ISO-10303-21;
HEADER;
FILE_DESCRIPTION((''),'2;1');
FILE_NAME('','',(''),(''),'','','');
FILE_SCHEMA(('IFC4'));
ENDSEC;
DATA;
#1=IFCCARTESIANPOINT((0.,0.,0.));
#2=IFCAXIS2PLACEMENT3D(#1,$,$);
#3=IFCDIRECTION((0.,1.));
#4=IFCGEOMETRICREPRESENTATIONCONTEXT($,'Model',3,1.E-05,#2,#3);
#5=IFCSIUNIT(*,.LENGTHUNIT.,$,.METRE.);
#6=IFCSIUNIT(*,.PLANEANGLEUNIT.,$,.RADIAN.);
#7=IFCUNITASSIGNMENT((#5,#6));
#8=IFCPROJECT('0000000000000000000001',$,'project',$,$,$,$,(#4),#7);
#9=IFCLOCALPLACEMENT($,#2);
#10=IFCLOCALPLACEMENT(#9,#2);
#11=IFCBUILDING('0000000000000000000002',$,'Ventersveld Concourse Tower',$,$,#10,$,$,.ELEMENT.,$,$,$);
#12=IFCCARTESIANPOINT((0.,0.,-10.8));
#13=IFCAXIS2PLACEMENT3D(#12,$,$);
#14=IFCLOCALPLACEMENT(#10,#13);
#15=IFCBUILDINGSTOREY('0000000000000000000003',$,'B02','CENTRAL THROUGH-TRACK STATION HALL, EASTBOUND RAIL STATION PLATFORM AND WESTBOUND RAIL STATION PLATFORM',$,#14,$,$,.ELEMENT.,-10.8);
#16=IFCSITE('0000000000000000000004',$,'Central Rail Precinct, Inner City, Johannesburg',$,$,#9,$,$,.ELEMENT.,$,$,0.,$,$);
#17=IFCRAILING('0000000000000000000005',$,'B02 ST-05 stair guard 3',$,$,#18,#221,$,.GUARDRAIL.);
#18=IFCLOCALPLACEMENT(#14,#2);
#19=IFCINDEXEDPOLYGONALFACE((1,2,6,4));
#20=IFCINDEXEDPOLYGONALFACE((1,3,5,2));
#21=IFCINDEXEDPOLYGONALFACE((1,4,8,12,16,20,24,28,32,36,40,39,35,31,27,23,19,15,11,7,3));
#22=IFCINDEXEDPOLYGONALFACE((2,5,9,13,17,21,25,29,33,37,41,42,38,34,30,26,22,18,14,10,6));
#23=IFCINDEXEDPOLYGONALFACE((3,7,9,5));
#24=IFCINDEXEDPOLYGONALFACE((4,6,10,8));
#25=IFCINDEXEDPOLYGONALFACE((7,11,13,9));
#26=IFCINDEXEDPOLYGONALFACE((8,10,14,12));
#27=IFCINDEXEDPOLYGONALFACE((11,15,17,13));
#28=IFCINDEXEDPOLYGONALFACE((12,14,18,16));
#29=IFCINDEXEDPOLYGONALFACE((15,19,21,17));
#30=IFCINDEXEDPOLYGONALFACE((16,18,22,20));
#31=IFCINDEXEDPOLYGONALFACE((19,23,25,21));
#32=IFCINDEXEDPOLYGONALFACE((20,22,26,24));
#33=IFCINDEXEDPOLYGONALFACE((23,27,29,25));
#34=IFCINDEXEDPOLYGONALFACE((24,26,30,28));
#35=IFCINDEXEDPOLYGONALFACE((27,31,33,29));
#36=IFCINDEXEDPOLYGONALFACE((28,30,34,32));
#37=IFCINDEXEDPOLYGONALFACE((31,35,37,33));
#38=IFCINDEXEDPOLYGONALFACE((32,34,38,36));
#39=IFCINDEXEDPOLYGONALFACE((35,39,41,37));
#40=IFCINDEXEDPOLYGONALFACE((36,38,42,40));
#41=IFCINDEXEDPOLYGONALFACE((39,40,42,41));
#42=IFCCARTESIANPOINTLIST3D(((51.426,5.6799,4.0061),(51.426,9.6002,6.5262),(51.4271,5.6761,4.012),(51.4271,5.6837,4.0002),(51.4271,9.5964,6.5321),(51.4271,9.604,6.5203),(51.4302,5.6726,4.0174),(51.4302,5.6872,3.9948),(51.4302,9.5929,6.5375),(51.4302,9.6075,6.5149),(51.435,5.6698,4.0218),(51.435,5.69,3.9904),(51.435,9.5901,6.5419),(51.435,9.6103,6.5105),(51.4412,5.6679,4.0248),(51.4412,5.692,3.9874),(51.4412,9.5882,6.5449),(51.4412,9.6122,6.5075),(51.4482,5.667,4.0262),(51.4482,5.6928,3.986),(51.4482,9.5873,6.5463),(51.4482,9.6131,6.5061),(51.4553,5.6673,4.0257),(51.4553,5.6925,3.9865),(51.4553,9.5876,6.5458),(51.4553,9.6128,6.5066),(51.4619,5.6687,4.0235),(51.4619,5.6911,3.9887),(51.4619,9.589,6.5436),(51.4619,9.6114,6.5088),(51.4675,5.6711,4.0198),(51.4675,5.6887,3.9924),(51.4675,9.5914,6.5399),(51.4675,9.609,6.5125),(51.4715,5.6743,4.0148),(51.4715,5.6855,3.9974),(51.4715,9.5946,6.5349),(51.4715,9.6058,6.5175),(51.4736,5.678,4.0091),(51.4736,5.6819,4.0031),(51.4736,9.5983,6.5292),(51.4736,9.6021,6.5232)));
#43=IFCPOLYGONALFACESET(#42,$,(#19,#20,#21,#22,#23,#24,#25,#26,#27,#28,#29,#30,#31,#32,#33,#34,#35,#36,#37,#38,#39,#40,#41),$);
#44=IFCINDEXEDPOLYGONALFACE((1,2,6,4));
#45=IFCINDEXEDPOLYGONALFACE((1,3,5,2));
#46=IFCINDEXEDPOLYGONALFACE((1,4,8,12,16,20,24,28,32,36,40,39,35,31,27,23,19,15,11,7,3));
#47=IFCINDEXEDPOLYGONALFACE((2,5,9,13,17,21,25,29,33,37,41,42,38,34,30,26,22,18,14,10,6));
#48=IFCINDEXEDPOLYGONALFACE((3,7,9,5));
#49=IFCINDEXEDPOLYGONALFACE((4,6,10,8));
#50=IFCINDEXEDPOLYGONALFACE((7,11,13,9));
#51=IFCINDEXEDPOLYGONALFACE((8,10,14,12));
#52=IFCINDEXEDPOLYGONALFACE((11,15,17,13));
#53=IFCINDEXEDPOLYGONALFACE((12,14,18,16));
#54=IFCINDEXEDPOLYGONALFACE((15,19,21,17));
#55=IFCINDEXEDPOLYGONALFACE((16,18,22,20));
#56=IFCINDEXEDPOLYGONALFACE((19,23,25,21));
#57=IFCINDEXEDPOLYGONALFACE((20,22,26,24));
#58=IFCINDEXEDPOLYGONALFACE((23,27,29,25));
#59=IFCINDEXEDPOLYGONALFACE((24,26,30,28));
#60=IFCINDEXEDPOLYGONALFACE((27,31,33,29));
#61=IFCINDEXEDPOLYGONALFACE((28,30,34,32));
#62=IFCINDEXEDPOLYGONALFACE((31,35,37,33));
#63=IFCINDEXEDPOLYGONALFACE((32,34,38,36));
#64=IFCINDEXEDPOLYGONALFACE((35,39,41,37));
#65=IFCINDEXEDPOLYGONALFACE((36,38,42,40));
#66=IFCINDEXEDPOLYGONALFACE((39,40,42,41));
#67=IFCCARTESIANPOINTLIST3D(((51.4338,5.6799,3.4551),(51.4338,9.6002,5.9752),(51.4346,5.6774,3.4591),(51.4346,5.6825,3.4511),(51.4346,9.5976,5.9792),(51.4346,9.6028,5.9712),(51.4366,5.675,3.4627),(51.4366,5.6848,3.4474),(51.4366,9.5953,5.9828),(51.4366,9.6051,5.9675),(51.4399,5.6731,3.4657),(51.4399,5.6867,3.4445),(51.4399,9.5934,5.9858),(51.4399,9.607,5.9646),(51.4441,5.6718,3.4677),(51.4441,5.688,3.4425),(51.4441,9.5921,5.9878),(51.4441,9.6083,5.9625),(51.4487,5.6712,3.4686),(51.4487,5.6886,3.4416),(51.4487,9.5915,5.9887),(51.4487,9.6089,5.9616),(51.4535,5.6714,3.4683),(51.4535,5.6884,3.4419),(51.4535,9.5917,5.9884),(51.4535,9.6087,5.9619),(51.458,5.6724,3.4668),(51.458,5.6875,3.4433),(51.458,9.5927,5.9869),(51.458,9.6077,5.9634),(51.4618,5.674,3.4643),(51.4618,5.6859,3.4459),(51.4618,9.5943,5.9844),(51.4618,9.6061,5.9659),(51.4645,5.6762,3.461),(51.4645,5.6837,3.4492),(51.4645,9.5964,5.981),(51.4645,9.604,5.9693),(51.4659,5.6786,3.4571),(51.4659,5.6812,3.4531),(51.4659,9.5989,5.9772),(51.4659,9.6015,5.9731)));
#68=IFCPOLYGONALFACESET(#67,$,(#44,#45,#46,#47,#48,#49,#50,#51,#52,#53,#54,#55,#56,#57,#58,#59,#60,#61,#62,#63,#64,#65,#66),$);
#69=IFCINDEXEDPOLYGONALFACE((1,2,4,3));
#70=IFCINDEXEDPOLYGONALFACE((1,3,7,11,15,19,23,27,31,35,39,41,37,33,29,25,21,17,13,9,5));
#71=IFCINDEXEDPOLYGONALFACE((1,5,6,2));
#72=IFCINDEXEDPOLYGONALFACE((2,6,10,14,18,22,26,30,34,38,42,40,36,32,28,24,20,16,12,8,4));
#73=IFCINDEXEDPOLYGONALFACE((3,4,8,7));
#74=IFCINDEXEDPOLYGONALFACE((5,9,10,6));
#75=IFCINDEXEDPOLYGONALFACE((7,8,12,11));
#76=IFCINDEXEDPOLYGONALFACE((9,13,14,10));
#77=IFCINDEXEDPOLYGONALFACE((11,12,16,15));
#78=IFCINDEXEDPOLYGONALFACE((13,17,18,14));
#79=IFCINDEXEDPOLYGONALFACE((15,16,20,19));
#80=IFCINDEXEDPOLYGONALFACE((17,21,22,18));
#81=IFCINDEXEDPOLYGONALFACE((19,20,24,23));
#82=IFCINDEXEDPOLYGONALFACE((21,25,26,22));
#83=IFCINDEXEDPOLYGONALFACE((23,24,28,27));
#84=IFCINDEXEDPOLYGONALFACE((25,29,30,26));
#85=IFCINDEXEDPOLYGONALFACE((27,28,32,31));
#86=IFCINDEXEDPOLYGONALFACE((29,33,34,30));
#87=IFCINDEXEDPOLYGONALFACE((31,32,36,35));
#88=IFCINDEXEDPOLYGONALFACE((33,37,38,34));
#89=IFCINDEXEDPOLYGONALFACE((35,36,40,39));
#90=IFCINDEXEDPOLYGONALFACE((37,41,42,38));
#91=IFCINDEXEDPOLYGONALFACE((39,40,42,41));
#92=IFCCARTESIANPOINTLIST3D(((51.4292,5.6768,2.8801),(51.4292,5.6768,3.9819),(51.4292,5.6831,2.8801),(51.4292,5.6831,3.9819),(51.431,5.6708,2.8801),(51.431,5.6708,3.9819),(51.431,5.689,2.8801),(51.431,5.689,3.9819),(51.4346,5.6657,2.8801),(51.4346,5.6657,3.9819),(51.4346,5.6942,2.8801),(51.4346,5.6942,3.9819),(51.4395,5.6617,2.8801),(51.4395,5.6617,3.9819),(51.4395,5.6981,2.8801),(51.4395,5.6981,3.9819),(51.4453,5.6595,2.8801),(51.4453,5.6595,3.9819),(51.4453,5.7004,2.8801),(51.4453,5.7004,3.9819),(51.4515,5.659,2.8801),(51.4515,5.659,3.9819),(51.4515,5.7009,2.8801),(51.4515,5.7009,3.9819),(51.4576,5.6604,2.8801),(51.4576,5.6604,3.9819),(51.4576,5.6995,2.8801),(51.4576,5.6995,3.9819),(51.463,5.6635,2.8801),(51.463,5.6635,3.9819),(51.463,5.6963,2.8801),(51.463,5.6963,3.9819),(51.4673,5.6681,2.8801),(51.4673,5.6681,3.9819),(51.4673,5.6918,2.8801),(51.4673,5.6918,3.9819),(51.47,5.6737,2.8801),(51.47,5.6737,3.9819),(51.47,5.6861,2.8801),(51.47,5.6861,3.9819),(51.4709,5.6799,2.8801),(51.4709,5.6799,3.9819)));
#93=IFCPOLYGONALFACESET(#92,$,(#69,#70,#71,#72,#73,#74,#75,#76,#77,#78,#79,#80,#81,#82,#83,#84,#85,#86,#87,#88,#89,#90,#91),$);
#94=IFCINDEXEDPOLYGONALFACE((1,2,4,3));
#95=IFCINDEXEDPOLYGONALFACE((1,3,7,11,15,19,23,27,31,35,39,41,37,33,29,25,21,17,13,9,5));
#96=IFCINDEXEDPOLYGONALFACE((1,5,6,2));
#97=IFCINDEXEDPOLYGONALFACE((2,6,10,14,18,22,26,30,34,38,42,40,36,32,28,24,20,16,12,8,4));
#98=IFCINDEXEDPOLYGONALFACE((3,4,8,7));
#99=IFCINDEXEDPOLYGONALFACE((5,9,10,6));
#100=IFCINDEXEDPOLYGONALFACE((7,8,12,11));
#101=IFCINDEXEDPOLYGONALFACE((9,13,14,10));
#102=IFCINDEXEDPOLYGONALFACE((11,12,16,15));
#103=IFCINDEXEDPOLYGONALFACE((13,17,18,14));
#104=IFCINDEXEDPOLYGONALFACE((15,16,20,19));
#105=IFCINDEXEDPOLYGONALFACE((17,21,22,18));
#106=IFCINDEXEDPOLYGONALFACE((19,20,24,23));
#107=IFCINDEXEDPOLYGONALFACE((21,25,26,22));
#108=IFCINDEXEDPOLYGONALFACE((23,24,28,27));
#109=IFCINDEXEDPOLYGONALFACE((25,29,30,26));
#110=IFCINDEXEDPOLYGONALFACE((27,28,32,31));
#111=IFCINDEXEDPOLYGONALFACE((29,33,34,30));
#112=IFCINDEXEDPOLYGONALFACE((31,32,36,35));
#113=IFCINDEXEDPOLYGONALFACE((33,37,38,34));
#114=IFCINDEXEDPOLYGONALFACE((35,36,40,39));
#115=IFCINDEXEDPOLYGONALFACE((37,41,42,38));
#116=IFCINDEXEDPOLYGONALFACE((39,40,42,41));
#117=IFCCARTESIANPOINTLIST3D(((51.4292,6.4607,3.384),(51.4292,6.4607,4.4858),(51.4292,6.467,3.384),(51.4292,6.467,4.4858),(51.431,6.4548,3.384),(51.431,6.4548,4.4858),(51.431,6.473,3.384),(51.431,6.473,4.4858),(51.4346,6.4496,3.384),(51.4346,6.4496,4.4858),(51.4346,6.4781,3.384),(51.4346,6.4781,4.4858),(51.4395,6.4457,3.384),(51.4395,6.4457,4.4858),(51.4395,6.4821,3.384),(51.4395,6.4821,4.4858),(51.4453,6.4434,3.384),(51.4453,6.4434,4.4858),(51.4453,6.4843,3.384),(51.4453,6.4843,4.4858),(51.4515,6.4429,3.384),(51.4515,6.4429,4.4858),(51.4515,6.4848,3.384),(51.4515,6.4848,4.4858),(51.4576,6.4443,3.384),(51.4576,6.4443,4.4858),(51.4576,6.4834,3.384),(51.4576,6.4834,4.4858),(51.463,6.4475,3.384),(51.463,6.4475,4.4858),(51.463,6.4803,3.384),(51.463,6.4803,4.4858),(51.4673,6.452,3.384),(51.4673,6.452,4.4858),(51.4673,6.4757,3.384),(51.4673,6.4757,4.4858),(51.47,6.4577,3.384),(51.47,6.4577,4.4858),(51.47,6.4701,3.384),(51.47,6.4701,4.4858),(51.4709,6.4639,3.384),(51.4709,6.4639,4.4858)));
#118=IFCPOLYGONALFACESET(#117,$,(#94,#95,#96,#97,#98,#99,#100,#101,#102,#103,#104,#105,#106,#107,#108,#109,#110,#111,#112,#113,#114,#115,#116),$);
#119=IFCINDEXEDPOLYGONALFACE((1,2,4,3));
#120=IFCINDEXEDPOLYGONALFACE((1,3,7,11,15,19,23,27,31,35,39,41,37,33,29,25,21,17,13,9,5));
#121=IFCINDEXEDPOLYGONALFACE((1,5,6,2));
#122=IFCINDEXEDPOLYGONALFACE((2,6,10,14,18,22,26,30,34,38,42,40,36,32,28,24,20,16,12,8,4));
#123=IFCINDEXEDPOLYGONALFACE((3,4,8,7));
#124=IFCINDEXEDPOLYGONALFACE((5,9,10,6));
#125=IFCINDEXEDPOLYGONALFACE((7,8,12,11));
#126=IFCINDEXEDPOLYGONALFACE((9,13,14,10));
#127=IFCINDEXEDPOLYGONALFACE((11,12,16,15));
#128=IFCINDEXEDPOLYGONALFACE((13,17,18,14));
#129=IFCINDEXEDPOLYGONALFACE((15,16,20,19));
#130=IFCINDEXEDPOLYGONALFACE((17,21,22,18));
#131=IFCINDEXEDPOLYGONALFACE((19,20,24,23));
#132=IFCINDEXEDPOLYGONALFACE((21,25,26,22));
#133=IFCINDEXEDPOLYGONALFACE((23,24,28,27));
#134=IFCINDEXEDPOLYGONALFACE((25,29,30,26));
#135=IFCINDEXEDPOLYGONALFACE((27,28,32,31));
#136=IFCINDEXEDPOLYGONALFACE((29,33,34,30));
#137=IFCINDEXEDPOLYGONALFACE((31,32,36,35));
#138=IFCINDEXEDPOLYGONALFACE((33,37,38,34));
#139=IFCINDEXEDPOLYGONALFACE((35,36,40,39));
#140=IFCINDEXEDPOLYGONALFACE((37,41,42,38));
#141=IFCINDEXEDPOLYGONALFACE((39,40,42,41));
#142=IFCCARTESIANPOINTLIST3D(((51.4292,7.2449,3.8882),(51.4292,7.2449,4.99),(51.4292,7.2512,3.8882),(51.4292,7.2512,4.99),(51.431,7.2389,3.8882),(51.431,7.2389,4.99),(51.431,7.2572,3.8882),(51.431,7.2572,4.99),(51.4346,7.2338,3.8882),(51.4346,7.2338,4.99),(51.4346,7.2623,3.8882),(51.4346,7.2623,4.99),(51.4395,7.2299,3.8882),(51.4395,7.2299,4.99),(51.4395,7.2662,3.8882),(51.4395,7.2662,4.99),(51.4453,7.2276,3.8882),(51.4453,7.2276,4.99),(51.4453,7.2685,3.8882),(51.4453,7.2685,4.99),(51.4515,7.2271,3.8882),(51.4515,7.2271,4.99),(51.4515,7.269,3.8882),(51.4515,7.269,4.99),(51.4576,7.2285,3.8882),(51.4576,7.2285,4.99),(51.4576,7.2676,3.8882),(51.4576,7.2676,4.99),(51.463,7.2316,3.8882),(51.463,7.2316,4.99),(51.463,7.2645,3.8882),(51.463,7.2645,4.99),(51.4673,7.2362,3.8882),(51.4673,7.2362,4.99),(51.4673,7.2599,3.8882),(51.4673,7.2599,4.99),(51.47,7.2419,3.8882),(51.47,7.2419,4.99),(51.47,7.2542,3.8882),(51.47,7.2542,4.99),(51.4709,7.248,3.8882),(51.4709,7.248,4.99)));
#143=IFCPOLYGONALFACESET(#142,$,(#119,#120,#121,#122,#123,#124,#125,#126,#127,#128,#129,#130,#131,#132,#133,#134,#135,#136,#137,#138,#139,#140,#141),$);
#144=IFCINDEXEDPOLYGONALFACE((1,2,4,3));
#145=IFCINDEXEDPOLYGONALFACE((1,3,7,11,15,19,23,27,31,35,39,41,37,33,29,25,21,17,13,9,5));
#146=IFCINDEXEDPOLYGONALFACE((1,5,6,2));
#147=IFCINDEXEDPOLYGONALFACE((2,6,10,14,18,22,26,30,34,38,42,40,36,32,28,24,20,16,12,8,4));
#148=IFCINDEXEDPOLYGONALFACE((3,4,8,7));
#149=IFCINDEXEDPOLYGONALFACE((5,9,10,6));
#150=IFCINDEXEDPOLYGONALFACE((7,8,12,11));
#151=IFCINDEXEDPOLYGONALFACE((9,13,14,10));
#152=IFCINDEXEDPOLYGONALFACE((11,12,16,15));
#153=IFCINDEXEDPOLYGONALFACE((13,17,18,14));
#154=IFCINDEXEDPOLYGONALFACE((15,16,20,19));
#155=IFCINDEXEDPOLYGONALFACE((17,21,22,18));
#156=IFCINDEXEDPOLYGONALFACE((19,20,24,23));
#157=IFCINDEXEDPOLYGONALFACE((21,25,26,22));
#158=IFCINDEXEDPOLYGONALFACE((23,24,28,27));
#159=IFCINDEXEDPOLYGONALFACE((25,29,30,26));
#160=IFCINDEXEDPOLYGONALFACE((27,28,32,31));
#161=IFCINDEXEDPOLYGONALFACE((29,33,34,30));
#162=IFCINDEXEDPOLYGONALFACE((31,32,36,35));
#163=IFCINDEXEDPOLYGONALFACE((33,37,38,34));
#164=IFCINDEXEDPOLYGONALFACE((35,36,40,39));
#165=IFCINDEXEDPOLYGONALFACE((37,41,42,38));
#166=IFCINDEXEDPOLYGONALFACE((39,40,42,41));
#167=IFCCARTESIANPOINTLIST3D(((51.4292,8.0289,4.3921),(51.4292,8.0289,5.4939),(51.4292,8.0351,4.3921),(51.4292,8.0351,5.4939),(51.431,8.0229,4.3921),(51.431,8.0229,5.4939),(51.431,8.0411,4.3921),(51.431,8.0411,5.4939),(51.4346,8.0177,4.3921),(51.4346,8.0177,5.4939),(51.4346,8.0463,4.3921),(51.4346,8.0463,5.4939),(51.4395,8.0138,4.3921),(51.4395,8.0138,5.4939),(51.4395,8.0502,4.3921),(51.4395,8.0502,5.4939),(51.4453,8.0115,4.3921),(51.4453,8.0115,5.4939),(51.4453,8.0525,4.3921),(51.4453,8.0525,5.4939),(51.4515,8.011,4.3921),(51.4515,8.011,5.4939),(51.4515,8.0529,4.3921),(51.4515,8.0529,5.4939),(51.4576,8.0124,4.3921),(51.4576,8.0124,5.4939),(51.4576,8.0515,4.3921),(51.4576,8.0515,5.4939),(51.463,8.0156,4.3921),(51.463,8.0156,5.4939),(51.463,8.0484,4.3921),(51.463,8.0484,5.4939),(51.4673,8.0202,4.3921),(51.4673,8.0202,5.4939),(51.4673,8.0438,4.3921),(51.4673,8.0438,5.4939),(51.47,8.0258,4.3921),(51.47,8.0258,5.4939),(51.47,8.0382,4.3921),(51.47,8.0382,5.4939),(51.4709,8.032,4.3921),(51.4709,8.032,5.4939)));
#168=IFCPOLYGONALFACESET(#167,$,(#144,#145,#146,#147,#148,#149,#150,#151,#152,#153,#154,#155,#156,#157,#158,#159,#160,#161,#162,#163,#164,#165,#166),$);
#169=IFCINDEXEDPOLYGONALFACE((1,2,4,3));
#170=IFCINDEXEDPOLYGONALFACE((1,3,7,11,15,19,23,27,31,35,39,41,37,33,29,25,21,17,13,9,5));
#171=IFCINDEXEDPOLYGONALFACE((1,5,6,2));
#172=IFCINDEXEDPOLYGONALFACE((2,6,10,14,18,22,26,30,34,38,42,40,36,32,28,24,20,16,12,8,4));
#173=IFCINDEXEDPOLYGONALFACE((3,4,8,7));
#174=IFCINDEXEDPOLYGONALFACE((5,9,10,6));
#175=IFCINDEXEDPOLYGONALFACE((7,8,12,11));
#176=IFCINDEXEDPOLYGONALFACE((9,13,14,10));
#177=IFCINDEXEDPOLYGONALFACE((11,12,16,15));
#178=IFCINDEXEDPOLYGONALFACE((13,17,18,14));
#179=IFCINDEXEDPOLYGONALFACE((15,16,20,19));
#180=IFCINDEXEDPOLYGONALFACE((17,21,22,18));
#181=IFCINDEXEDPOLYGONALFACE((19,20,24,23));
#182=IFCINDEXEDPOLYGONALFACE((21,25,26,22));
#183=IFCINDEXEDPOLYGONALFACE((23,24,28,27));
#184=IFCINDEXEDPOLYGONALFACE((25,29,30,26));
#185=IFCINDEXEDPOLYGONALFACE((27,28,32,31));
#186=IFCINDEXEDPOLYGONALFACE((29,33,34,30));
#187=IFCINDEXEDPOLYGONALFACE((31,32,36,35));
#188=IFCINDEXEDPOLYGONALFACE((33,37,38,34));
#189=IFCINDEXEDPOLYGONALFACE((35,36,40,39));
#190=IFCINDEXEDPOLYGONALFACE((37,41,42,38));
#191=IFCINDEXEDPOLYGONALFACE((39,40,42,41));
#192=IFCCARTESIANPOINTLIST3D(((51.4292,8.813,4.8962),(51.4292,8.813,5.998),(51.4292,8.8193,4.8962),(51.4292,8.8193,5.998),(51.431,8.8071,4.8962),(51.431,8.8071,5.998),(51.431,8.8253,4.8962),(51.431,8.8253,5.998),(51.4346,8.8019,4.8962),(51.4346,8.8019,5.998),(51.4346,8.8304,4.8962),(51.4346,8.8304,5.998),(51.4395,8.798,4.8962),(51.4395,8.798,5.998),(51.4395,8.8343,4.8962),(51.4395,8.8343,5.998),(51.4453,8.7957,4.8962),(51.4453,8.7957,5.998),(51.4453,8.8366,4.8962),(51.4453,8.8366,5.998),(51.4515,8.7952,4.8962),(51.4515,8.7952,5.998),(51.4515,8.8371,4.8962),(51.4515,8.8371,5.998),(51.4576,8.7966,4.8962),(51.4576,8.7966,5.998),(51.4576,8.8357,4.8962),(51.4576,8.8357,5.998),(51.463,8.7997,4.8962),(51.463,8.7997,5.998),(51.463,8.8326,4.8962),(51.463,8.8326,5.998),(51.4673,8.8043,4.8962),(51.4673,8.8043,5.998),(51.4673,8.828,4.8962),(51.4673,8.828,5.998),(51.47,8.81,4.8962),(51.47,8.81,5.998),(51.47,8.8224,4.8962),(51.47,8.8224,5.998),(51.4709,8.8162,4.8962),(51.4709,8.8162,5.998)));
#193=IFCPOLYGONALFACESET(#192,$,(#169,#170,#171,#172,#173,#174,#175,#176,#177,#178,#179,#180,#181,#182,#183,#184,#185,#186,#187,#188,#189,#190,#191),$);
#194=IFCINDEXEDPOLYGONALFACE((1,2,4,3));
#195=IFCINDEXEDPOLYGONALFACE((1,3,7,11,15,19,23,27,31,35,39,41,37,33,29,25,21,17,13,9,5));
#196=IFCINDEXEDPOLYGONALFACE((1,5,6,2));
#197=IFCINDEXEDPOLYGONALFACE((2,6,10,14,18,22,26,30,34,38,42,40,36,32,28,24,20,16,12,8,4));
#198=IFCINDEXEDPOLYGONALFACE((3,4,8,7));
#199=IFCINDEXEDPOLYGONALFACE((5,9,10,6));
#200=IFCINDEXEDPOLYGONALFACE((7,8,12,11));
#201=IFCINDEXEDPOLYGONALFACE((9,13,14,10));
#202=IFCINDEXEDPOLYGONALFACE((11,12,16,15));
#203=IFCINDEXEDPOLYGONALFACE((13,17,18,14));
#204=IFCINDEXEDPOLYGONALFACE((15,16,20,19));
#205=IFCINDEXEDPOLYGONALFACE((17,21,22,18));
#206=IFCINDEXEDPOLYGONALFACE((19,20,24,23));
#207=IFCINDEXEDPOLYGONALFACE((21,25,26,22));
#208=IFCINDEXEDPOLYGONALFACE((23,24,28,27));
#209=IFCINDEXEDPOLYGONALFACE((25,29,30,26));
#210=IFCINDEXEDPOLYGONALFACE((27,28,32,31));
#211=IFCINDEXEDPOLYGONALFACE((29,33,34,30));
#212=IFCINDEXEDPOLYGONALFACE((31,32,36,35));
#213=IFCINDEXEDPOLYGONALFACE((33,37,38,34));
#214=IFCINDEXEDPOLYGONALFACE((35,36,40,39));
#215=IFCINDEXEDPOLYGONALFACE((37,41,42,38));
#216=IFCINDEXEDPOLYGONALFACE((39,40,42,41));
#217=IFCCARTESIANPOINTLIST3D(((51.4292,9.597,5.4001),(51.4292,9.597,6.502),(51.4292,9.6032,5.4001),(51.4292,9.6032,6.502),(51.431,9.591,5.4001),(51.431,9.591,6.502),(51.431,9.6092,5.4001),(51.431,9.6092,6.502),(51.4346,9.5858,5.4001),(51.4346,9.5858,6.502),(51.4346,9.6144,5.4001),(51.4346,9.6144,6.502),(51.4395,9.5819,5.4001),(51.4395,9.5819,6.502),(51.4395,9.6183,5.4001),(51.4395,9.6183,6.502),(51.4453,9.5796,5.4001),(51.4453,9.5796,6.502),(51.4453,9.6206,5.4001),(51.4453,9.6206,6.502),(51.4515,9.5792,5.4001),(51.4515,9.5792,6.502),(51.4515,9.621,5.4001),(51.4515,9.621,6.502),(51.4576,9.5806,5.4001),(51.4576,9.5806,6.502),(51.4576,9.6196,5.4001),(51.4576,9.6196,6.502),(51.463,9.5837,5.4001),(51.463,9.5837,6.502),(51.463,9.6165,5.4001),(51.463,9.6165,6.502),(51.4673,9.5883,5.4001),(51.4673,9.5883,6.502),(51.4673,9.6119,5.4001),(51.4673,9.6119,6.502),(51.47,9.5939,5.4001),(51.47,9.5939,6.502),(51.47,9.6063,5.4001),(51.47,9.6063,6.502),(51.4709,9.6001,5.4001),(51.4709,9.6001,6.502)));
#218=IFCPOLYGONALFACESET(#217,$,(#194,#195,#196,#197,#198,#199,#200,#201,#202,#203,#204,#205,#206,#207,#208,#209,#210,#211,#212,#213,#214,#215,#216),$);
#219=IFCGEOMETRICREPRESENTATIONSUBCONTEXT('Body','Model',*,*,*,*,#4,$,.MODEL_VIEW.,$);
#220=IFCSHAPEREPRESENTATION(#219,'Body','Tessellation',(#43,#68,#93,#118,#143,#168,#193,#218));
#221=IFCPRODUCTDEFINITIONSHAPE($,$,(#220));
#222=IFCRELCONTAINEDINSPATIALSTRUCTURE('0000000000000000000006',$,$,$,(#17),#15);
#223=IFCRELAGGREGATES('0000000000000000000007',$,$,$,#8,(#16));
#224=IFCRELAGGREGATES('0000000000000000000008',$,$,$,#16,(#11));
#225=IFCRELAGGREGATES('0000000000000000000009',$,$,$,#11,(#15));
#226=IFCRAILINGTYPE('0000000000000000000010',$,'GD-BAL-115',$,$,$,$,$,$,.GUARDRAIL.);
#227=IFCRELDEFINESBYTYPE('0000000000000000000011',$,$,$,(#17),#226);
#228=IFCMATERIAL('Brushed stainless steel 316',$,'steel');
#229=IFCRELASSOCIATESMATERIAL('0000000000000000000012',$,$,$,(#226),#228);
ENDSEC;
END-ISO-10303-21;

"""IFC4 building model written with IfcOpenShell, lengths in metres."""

from ifc_helpers import new_model, si_unit, direction, frame, origin, origin_2d, place, context, subcontext, project, spatial, circle, extrude, material, type_object, element, save


model = new_model("IFC4")

# Units and contexts
model_context = context("Model", 3, precision=1e-05, world=origin(), true_north=direction((0.0, 1.0)))
body_context = subcontext(model_context, "Body", "Model", "MODEL_VIEW")
ifc_project = project(units=[si_unit("LENGTHUNIT", "METRE"), si_unit("PLANEANGLEUNIT", "RADIAN")], contexts=[model_context])

# Site, building, storey
site_placement = place(None, origin())
site = spatial("IfcSite", under=ifc_project, at=site_placement, Name="Central Rail Precinct, Inner City, Johannesburg", CompositionType="ELEMENT", RefElevation=0.0)
building_placement = place(site_placement, origin())
building = spatial("IfcBuilding", under=site, at=building_placement, Name="Ventersveld Concourse Tower", CompositionType="ELEMENT")
storey_placement = place(building_placement, frame((0.0, 0.0, -10.8)))
storey = spatial("IfcBuildingStorey", under=building, at=storey_placement, Name="B02", Description="CENTRAL THROUGH-TRACK STATION HALL, EASTBOUND RAIL STATION PLATFORM AND WESTBOUND RAIL STATION PLATFORM", CompositionType="ELEMENT", Elevation=-10.8)

# Railing
ifc_material_1 = material(Name="Brushed stainless steel 316", Category="steel")
railing_type_1 = type_object("IfcRailingType", Name="GD-BAL-115", PredefinedType="GUARDRAIL", material=ifc_material_1)
railing_1_placement = place(storey_placement, frame((51.45, 5.6799, 2.8801)))
element("IfcRailing", 1, at=railing_1_placement, inside=storey, type_object=railing_type_1, Name="B02 ST-05 stair guard 3", PredefinedType="GUARDRAIL", context=body_context, shape_type="SweptSolid", body=[
    extrude(circle(Radius=0.0239, at=origin_2d()), frame((0.0, 0.0, 1.126), z_axis=(0.0, 0.841187, 0.540744), x_axis=(-1.0, 0.0, 0.0)), (0.0, 0.0, 1.0), 4.6604),
    extrude(circle(Radius=0.0161, at=origin_2d()), frame((0.0, 0.0, 0.575), z_axis=(0.0, 0.841187, 0.540744), x_axis=(-1.0, 0.0, 0.0)), (0.0, 0.0, 1.0), 4.6604),
    extrude(circle(Radius=0.021, at=origin_2d()), origin(), (0.0, 0.0, 1.0), 1.1018),
    extrude(circle(Radius=0.021, at=origin_2d()), frame((0.0, 0.7839, 0.5039)), (0.0, 0.0, 1.0), 1.1018),
    extrude(circle(Radius=0.021, at=origin_2d()), frame((0.0, 1.5681, 1.0081)), (0.0, 0.0, 1.0), 1.1018),
    extrude(circle(Radius=0.021, at=origin_2d()), frame((0.0, 2.3521, 1.512)), (0.0, 0.0, 1.0), 1.1018),
    extrude(circle(Radius=0.021, at=origin_2d()), frame((0.0, 3.1362, 2.0161)), (0.0, 0.0, 1.0), 1.1018),
    extrude(circle(Radius=0.021, at=origin_2d()), frame((0.0, 3.9202, 2.52)), (0.0, 0.0, 1.0), 1.1018),
])

save(model, "model.ifc")
